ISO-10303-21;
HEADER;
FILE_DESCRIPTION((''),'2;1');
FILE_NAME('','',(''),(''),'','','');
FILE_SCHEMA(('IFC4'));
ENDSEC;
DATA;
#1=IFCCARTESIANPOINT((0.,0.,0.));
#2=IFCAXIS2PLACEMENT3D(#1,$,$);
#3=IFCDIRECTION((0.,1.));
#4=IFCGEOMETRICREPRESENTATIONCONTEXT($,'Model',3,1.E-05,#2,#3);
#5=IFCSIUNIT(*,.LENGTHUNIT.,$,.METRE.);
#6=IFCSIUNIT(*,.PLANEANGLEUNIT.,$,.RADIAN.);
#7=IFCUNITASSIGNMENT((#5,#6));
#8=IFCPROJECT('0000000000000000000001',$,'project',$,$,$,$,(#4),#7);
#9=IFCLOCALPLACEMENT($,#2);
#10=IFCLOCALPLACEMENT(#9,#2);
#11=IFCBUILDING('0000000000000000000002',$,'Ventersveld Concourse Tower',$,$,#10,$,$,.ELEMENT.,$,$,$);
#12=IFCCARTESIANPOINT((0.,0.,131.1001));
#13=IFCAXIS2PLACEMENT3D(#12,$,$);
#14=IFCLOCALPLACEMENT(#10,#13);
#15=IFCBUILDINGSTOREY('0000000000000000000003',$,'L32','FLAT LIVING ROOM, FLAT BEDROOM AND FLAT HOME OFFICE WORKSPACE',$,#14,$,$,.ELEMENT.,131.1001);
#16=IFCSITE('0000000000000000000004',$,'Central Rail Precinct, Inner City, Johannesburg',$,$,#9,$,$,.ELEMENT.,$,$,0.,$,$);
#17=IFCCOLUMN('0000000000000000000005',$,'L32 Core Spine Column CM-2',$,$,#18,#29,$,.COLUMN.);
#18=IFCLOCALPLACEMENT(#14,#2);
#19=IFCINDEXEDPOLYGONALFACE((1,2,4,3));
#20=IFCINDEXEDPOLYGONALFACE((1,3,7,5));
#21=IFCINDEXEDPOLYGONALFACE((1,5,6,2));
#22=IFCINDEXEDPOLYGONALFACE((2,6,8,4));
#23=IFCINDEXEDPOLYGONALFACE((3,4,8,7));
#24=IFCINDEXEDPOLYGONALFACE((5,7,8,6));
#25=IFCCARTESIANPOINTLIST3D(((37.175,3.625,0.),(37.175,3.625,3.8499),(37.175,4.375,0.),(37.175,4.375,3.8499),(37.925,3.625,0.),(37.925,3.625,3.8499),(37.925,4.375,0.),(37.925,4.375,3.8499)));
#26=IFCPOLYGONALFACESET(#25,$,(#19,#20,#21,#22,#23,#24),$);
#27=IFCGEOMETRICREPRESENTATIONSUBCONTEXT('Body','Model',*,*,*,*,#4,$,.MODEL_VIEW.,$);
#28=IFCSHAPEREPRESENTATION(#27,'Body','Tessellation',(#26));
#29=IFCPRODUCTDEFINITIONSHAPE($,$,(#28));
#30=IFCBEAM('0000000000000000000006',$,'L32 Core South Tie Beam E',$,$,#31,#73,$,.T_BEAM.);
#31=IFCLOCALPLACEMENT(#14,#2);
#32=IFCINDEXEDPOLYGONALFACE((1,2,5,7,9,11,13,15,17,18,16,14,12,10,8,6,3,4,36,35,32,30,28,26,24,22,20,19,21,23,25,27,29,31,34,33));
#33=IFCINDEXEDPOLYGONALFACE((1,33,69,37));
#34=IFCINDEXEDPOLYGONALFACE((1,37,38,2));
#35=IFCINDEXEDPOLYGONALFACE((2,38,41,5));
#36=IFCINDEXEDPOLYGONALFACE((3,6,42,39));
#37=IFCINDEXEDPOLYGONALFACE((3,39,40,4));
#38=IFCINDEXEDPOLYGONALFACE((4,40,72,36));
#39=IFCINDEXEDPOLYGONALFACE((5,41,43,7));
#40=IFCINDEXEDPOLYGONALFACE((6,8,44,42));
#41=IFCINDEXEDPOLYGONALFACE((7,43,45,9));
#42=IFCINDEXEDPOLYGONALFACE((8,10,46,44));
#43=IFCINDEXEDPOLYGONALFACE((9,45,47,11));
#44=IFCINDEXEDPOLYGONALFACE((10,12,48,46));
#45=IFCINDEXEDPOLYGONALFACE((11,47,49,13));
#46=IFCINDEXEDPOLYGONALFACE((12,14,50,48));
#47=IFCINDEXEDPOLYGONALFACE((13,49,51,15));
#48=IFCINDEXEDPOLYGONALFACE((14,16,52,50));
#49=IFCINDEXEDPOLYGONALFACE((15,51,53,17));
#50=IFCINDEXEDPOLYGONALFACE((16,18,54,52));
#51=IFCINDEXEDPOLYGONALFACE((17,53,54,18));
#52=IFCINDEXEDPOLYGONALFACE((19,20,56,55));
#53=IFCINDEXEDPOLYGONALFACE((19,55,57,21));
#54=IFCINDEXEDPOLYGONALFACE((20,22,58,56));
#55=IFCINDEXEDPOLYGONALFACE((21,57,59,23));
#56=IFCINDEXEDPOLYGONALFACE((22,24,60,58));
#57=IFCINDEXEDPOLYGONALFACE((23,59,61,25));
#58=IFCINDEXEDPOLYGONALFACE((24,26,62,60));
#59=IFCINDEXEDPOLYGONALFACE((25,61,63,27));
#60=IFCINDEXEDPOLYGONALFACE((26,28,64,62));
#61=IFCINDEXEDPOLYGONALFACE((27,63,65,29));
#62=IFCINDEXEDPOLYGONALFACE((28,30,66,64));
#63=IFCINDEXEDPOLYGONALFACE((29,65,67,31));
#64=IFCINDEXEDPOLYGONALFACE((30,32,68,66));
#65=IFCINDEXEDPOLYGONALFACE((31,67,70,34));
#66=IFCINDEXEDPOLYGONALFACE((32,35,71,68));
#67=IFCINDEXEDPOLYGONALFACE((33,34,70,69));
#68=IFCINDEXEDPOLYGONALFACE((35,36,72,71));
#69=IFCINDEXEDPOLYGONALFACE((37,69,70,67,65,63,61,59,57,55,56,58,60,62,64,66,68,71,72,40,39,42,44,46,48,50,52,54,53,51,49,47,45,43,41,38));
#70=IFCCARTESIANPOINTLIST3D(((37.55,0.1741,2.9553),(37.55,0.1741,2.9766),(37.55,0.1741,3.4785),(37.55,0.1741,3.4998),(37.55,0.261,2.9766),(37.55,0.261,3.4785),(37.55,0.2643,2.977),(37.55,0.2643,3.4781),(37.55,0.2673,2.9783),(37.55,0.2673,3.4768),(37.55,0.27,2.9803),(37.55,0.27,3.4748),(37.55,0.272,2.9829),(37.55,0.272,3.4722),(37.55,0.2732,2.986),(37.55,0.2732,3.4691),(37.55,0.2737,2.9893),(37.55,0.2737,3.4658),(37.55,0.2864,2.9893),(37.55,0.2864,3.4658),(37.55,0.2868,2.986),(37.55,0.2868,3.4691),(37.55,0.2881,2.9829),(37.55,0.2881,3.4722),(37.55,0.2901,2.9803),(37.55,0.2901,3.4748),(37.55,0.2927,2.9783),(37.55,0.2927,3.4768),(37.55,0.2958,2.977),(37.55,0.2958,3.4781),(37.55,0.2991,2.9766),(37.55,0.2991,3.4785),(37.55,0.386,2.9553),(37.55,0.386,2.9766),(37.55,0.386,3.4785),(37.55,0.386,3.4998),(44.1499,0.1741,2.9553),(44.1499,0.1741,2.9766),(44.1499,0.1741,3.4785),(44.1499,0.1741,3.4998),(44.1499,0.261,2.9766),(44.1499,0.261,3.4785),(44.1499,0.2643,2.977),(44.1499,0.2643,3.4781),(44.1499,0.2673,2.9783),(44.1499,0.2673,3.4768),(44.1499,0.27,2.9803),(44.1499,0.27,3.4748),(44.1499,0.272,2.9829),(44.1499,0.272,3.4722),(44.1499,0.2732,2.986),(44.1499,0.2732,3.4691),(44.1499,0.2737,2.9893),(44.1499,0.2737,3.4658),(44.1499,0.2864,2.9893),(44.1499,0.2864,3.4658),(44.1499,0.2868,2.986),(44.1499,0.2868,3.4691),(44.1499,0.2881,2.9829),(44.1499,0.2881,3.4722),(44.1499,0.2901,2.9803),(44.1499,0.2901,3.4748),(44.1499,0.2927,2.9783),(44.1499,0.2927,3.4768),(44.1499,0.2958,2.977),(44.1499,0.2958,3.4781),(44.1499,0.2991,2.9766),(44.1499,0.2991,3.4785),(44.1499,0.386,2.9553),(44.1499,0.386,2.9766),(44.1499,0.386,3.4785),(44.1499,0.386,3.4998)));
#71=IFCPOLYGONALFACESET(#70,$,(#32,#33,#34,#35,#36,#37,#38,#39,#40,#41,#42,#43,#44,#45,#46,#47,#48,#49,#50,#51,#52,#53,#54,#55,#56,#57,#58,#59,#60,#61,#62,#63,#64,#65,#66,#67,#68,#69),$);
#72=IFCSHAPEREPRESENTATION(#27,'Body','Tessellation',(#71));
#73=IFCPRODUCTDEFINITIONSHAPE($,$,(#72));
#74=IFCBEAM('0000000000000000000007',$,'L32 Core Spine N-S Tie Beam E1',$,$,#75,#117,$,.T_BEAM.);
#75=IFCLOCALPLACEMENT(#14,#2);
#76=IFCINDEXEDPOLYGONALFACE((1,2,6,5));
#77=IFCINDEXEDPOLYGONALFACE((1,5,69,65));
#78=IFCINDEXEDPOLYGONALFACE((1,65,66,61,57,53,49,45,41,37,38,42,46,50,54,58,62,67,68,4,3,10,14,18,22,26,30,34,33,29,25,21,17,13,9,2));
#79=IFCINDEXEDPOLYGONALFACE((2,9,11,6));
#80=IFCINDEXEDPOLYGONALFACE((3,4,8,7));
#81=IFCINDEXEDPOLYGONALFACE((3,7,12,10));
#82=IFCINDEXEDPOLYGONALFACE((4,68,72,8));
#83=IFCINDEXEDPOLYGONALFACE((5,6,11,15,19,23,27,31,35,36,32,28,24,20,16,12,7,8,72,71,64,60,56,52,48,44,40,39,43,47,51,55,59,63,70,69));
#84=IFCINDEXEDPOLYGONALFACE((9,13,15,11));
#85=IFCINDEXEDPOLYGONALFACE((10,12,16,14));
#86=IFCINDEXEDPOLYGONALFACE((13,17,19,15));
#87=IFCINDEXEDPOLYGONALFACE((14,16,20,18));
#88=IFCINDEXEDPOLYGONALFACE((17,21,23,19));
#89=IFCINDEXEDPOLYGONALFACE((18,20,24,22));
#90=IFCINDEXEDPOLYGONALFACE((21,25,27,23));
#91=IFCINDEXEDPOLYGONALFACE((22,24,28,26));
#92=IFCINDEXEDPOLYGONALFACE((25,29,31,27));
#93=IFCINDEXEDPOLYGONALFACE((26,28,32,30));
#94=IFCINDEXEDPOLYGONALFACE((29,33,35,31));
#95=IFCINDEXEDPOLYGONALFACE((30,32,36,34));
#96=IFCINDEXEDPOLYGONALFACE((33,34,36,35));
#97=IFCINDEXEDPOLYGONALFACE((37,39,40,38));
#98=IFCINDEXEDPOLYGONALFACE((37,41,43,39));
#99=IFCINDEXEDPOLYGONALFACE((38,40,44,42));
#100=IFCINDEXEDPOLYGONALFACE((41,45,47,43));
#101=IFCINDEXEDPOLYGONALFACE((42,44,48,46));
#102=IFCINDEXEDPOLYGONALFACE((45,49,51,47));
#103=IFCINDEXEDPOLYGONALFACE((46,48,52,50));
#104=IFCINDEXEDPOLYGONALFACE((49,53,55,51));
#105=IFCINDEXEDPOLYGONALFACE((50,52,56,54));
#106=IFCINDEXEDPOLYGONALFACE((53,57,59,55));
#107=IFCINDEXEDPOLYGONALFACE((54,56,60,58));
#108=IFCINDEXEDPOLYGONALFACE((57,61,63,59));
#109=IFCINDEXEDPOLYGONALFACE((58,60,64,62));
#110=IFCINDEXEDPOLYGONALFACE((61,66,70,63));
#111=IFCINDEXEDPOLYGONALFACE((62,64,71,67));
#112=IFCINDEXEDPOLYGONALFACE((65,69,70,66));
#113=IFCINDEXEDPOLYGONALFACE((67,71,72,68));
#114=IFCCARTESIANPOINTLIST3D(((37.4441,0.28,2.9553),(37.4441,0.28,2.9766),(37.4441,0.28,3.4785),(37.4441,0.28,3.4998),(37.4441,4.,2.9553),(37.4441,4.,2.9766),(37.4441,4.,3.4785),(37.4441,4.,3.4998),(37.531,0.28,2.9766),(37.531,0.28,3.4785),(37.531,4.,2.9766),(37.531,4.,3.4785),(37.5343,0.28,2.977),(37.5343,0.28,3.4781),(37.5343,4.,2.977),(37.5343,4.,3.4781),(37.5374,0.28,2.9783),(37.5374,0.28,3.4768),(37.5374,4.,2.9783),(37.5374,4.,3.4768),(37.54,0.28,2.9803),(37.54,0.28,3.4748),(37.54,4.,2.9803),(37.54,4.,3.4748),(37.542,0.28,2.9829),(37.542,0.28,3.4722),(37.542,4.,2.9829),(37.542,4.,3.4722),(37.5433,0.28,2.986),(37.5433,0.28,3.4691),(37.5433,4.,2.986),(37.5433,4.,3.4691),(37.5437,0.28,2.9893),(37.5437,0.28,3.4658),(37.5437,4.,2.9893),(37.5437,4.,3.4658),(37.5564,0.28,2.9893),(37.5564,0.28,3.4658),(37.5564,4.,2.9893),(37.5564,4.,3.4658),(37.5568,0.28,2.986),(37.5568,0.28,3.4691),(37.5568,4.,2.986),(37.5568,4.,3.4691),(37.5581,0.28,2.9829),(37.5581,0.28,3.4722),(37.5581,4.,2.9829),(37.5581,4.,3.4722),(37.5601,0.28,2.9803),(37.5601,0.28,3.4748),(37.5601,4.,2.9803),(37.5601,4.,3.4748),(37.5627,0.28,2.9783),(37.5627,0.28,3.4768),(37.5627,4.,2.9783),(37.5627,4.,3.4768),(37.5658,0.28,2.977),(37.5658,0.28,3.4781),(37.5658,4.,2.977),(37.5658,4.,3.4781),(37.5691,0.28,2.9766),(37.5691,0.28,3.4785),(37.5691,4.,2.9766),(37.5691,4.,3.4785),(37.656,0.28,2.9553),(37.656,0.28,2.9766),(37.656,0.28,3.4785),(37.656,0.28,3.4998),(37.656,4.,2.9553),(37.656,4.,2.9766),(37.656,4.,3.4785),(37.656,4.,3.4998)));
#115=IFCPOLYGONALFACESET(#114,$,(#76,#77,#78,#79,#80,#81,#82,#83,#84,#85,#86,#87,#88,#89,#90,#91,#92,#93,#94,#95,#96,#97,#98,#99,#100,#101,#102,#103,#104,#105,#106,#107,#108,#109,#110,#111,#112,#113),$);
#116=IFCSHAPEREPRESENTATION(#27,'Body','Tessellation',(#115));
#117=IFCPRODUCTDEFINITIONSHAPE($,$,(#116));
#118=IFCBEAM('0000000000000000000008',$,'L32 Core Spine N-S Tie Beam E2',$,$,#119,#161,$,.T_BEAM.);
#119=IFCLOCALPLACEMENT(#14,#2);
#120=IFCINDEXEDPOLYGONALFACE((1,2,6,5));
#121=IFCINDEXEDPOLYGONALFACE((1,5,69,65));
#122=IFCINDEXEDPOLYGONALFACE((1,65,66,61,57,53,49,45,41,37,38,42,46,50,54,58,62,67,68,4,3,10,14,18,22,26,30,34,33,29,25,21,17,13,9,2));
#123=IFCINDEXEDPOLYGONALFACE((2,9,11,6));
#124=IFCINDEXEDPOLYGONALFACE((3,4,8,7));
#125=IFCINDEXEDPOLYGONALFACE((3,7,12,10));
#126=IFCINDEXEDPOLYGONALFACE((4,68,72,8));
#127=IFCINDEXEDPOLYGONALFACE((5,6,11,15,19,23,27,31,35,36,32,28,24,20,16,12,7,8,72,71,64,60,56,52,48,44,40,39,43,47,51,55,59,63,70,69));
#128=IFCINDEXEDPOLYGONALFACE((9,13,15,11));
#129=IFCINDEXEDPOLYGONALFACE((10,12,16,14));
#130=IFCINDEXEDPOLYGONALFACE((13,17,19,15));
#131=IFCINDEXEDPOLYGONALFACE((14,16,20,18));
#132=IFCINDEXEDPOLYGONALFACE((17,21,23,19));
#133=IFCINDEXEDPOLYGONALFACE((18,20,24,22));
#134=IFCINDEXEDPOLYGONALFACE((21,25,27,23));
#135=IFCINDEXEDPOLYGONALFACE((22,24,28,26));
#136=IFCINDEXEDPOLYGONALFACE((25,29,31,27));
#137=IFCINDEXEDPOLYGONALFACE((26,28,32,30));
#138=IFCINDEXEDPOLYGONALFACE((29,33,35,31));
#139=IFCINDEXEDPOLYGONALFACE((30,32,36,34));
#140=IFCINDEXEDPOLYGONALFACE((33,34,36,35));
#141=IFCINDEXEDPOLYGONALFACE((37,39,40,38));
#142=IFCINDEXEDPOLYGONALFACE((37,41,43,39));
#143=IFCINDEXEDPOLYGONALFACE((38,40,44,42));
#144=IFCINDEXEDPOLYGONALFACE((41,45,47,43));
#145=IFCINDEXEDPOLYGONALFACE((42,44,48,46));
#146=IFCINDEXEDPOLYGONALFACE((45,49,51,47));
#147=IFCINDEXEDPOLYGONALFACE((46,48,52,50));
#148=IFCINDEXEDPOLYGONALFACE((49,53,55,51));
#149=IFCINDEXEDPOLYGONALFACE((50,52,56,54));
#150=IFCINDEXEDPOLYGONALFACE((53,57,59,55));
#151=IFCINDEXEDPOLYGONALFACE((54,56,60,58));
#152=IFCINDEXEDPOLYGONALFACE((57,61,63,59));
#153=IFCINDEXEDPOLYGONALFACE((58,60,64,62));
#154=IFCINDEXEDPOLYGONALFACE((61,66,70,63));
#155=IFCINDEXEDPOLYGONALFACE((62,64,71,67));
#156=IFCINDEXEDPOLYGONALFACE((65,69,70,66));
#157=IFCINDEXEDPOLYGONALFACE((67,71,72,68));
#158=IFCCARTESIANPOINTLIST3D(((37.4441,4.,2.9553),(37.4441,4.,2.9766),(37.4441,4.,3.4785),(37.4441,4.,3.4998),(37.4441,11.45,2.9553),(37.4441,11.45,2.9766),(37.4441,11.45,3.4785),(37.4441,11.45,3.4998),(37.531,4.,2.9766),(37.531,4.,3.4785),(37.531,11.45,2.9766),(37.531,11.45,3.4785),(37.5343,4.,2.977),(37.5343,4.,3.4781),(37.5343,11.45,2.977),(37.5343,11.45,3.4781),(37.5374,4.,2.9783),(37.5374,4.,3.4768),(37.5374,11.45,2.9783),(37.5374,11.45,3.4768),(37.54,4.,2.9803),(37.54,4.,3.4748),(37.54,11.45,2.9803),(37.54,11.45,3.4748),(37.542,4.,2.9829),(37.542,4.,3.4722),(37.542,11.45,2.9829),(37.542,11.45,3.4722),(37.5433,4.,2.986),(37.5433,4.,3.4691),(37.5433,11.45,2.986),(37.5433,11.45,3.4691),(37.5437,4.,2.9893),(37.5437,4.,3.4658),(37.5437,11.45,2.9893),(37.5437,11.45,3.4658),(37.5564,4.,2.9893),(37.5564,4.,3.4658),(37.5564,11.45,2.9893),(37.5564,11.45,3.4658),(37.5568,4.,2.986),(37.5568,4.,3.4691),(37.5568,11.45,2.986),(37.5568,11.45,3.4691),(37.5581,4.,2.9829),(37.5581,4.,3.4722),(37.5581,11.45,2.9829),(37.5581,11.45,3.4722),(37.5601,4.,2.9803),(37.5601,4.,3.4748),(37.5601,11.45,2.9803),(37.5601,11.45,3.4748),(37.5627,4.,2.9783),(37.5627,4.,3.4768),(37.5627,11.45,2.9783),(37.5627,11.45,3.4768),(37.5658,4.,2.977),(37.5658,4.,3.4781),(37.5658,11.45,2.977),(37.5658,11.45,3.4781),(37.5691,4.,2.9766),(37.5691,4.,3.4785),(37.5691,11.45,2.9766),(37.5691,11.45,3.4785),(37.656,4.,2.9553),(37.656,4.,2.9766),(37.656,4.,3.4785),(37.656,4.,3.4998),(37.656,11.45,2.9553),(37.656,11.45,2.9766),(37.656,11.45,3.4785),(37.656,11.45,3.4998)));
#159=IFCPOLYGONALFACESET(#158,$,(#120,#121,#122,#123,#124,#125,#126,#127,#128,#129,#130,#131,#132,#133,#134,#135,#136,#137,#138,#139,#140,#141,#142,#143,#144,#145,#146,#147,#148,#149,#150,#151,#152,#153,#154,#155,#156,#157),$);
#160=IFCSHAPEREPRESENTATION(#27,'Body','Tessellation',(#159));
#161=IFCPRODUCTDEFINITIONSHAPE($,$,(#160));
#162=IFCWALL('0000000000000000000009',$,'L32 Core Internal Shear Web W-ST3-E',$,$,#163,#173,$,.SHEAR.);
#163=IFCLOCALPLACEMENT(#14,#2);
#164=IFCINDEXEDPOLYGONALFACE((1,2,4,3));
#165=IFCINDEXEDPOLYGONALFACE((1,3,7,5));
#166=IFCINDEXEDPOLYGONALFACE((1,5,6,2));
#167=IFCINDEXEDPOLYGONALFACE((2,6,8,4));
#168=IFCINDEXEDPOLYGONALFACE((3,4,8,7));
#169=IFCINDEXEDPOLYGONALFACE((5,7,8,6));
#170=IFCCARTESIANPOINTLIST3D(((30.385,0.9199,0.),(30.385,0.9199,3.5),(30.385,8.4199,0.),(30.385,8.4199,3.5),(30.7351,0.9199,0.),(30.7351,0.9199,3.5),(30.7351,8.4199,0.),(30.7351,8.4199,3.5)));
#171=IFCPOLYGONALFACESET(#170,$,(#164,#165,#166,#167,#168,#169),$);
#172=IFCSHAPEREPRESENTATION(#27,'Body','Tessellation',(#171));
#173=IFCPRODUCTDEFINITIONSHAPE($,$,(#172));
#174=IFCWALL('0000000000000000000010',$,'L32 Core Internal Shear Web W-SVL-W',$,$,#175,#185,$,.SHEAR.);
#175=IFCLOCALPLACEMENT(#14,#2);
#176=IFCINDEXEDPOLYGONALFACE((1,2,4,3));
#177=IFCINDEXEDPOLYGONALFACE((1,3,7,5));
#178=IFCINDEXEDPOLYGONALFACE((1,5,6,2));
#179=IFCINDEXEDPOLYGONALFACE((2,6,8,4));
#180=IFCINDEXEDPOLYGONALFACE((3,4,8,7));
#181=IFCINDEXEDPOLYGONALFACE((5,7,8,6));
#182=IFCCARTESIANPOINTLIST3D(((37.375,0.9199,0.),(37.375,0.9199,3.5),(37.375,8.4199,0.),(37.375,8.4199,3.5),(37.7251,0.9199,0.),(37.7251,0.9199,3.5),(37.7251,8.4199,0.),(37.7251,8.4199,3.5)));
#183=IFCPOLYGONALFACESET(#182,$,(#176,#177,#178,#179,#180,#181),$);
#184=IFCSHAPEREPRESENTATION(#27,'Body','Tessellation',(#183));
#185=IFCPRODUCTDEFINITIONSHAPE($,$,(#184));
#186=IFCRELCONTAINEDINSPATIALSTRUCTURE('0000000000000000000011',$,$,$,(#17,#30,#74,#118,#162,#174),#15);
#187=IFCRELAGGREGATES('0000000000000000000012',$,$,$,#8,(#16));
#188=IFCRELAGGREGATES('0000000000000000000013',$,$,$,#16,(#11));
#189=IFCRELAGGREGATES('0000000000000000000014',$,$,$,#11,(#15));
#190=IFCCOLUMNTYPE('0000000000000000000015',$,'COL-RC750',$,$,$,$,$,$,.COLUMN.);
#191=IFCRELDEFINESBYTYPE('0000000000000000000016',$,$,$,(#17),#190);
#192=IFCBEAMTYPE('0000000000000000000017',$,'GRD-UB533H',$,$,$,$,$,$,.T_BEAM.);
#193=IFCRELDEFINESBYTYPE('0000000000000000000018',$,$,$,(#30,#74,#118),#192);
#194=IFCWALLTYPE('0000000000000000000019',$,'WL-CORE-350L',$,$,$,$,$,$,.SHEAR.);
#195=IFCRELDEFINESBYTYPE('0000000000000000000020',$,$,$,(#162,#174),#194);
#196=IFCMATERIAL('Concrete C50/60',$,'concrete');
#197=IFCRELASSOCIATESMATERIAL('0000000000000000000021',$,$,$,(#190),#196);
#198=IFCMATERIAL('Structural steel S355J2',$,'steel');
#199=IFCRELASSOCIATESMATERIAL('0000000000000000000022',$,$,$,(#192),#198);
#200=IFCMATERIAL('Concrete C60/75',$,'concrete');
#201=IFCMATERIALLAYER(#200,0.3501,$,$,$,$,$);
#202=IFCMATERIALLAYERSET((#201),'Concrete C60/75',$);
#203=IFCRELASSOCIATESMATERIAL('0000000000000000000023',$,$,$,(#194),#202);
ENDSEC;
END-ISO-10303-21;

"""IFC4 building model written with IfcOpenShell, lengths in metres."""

from ifc_helpers import new_model, si_unit, direction, frame, frame_2d, origin, origin_2d, place, context, subcontext, project, spatial, rectangle, i_section, extrude, material, layer, layer_set, material_profile, profile_set, type_object, element, save


model = new_model("IFC4")

# Units and contexts
model_context = context("Model", 3, precision=1e-05, world=origin(), true_north=direction((0.0, 1.0)))
body_context = subcontext(model_context, "Body", "Model", "MODEL_VIEW")
ifc_project = project(units=[si_unit("LENGTHUNIT", "METRE"), si_unit("PLANEANGLEUNIT", "RADIAN")], contexts=[model_context])

# Site, building, storey
site_placement = place(None, origin())
site = spatial("IfcSite", under=ifc_project, at=site_placement, Name="Central Rail Precinct, Inner City, Johannesburg", CompositionType="ELEMENT", RefElevation=0.0)
building_placement = place(site_placement, origin())
building = spatial("IfcBuilding", under=site, at=building_placement, Name="Ventersveld Concourse Tower", CompositionType="ELEMENT")
storey_placement = place(building_placement, frame((0.0, 0.0, 131.1001)))
storey = spatial("IfcBuildingStorey", under=building, at=storey_placement, Name="L32", Description="FLAT LIVING ROOM, FLAT BEDROOM AND FLAT HOME OFFICE WORKSPACE", CompositionType="ELEMENT", Elevation=131.1001)

# Column
ifc_material_1 = material(Name="Concrete C50/60", Category="concrete")
ifc_material_profile_1 = material_profile(ifc_material_1, rectangle(XDim=0.75, YDim=0.75, at=origin_2d()), Name="RC 750x750")
ifc_profile_set_1 = profile_set([ifc_material_profile_1], Name="Concrete C50/60")
column_type = type_object("IfcColumnType", Name="COL-RC750", PredefinedType="COLUMN", material=ifc_profile_set_1)
column_placement = place(storey_placement, frame((37.55, 4.0, 0.0), z_axis=(0.0, 0.0, 1.0), x_axis=(1.0, 0.0, 0.0)))
element("IfcColumn", 1, at=column_placement, inside=storey, type_object=column_type, Name="L32 Core Spine Column CM-2", PredefinedType="COLUMN", context=body_context, shape_type="SweptSolid", body=[
    extrude(rectangle(XDim=0.75, YDim=0.75, at=origin_2d()), origin(), (0.0, 0.0, 1.0), 3.8499),
])

# Beams
ifc_material_2 = material(Name="Structural steel S355J2", Category="steel")
ifc_material_profile_2 = material_profile(ifc_material_2, i_section(OverallWidth=0.2119, OverallDepth=0.5444, WebThickness=0.0127, FlangeThickness=0.0212, FilletRadius=0.0127, at=origin_2d()), Name="UB 533x210x122")
ifc_profile_set_2 = profile_set([ifc_material_profile_2], Name="Structural steel S355J2")
beam_type = type_object("IfcBeamType", Name="GRD-UB533H", PredefinedType="T_BEAM", material=ifc_profile_set_2)
beam_1_placement = place(storey_placement, frame((37.55, 0.28, 3.2275), z_axis=(1.0, 0.0, 0.0), x_axis=(0.0, 1.0, 0.0)))
element("IfcBeam", 2, at=beam_1_placement, inside=storey, type_object=beam_type, Name="L32 Core South Tie Beam E", PredefinedType="T_BEAM", context=body_context, shape_type="SweptSolid", body=[
    extrude(i_section(OverallWidth=0.2119, OverallDepth=0.5444, WebThickness=0.0127, FlangeThickness=0.0212, FilletRadius=0.0127, at=origin_2d()), origin(), (0.0, 0.0, 1.0), 6.5999),
])
beam_2_placement = place(storey_placement, frame((37.55, 0.28, 3.2275), z_axis=(0.0, 1.0, 0.0), x_axis=(-1.0, 0.0, 0.0)))
element("IfcBeam", 3, at=beam_2_placement, inside=storey, type_object=beam_type, Name="L32 Core Spine N-S Tie Beam E1", PredefinedType="T_BEAM", context=body_context, shape_type="SweptSolid", body=[
    extrude(i_section(OverallWidth=0.2119, OverallDepth=0.5444, WebThickness=0.0127, FlangeThickness=0.0212, FilletRadius=0.0127, at=origin_2d()), origin(), (0.0, 0.0, 1.0), 3.72),
])
beam_3_placement = place(storey_placement, frame((37.55, 4.0, 3.2275), z_axis=(0.0, 1.0, 0.0), x_axis=(-1.0, 0.0, 0.0)))
element("IfcBeam", 4, at=beam_3_placement, inside=storey, type_object=beam_type, Name="L32 Core Spine N-S Tie Beam E2", PredefinedType="T_BEAM", context=body_context, shape_type="SweptSolid", body=[
    extrude(i_section(OverallWidth=0.2119, OverallDepth=0.5444, WebThickness=0.0127, FlangeThickness=0.0212, FilletRadius=0.0127, at=origin_2d()), origin(), (0.0, 0.0, 1.0), 7.45),
])

# Walls
ifc_material_3 = material(Name="Concrete C60/75", Category="concrete")
ifc_layer_1 = layer(ifc_material_3, 0.3501)
ifc_layer_set_1 = layer_set([ifc_layer_1], Name="Concrete C60/75")
wall_type_1 = type_object("IfcWallType", Name="WL-CORE-350L", PredefinedType="SHEAR", material=ifc_layer_set_1)
for number, where, z_axis, x_axis, name in (
    (5, (30.5601, 0.9199, 0.0), (0.0, 0.0, 1.0), (0.0, 1.0, 0.0), "L32 Core Internal Shear Web W-ST3-E"),
    (6, (37.55, 0.9199, 0.0), (0.0, 0.0, 1.0), (0.0, 1.0, 0.0), "L32 Core Internal Shear Web W-SVL-W"),
):
    element("IfcWall", number, at=place(storey_placement, frame(where, z_axis=z_axis, x_axis=x_axis)), inside=storey, type_object=wall_type_1, Name=name, PredefinedType="SHEAR", context=body_context, shape_type="SweptSolid", body=[
        extrude(rectangle(XDim=7.5, YDim=0.3501, at=frame_2d((3.75, 0.0))), origin(), (0.0, 0.0, 1.0), 3.5),
    ])

save(model, "model.ifc")
